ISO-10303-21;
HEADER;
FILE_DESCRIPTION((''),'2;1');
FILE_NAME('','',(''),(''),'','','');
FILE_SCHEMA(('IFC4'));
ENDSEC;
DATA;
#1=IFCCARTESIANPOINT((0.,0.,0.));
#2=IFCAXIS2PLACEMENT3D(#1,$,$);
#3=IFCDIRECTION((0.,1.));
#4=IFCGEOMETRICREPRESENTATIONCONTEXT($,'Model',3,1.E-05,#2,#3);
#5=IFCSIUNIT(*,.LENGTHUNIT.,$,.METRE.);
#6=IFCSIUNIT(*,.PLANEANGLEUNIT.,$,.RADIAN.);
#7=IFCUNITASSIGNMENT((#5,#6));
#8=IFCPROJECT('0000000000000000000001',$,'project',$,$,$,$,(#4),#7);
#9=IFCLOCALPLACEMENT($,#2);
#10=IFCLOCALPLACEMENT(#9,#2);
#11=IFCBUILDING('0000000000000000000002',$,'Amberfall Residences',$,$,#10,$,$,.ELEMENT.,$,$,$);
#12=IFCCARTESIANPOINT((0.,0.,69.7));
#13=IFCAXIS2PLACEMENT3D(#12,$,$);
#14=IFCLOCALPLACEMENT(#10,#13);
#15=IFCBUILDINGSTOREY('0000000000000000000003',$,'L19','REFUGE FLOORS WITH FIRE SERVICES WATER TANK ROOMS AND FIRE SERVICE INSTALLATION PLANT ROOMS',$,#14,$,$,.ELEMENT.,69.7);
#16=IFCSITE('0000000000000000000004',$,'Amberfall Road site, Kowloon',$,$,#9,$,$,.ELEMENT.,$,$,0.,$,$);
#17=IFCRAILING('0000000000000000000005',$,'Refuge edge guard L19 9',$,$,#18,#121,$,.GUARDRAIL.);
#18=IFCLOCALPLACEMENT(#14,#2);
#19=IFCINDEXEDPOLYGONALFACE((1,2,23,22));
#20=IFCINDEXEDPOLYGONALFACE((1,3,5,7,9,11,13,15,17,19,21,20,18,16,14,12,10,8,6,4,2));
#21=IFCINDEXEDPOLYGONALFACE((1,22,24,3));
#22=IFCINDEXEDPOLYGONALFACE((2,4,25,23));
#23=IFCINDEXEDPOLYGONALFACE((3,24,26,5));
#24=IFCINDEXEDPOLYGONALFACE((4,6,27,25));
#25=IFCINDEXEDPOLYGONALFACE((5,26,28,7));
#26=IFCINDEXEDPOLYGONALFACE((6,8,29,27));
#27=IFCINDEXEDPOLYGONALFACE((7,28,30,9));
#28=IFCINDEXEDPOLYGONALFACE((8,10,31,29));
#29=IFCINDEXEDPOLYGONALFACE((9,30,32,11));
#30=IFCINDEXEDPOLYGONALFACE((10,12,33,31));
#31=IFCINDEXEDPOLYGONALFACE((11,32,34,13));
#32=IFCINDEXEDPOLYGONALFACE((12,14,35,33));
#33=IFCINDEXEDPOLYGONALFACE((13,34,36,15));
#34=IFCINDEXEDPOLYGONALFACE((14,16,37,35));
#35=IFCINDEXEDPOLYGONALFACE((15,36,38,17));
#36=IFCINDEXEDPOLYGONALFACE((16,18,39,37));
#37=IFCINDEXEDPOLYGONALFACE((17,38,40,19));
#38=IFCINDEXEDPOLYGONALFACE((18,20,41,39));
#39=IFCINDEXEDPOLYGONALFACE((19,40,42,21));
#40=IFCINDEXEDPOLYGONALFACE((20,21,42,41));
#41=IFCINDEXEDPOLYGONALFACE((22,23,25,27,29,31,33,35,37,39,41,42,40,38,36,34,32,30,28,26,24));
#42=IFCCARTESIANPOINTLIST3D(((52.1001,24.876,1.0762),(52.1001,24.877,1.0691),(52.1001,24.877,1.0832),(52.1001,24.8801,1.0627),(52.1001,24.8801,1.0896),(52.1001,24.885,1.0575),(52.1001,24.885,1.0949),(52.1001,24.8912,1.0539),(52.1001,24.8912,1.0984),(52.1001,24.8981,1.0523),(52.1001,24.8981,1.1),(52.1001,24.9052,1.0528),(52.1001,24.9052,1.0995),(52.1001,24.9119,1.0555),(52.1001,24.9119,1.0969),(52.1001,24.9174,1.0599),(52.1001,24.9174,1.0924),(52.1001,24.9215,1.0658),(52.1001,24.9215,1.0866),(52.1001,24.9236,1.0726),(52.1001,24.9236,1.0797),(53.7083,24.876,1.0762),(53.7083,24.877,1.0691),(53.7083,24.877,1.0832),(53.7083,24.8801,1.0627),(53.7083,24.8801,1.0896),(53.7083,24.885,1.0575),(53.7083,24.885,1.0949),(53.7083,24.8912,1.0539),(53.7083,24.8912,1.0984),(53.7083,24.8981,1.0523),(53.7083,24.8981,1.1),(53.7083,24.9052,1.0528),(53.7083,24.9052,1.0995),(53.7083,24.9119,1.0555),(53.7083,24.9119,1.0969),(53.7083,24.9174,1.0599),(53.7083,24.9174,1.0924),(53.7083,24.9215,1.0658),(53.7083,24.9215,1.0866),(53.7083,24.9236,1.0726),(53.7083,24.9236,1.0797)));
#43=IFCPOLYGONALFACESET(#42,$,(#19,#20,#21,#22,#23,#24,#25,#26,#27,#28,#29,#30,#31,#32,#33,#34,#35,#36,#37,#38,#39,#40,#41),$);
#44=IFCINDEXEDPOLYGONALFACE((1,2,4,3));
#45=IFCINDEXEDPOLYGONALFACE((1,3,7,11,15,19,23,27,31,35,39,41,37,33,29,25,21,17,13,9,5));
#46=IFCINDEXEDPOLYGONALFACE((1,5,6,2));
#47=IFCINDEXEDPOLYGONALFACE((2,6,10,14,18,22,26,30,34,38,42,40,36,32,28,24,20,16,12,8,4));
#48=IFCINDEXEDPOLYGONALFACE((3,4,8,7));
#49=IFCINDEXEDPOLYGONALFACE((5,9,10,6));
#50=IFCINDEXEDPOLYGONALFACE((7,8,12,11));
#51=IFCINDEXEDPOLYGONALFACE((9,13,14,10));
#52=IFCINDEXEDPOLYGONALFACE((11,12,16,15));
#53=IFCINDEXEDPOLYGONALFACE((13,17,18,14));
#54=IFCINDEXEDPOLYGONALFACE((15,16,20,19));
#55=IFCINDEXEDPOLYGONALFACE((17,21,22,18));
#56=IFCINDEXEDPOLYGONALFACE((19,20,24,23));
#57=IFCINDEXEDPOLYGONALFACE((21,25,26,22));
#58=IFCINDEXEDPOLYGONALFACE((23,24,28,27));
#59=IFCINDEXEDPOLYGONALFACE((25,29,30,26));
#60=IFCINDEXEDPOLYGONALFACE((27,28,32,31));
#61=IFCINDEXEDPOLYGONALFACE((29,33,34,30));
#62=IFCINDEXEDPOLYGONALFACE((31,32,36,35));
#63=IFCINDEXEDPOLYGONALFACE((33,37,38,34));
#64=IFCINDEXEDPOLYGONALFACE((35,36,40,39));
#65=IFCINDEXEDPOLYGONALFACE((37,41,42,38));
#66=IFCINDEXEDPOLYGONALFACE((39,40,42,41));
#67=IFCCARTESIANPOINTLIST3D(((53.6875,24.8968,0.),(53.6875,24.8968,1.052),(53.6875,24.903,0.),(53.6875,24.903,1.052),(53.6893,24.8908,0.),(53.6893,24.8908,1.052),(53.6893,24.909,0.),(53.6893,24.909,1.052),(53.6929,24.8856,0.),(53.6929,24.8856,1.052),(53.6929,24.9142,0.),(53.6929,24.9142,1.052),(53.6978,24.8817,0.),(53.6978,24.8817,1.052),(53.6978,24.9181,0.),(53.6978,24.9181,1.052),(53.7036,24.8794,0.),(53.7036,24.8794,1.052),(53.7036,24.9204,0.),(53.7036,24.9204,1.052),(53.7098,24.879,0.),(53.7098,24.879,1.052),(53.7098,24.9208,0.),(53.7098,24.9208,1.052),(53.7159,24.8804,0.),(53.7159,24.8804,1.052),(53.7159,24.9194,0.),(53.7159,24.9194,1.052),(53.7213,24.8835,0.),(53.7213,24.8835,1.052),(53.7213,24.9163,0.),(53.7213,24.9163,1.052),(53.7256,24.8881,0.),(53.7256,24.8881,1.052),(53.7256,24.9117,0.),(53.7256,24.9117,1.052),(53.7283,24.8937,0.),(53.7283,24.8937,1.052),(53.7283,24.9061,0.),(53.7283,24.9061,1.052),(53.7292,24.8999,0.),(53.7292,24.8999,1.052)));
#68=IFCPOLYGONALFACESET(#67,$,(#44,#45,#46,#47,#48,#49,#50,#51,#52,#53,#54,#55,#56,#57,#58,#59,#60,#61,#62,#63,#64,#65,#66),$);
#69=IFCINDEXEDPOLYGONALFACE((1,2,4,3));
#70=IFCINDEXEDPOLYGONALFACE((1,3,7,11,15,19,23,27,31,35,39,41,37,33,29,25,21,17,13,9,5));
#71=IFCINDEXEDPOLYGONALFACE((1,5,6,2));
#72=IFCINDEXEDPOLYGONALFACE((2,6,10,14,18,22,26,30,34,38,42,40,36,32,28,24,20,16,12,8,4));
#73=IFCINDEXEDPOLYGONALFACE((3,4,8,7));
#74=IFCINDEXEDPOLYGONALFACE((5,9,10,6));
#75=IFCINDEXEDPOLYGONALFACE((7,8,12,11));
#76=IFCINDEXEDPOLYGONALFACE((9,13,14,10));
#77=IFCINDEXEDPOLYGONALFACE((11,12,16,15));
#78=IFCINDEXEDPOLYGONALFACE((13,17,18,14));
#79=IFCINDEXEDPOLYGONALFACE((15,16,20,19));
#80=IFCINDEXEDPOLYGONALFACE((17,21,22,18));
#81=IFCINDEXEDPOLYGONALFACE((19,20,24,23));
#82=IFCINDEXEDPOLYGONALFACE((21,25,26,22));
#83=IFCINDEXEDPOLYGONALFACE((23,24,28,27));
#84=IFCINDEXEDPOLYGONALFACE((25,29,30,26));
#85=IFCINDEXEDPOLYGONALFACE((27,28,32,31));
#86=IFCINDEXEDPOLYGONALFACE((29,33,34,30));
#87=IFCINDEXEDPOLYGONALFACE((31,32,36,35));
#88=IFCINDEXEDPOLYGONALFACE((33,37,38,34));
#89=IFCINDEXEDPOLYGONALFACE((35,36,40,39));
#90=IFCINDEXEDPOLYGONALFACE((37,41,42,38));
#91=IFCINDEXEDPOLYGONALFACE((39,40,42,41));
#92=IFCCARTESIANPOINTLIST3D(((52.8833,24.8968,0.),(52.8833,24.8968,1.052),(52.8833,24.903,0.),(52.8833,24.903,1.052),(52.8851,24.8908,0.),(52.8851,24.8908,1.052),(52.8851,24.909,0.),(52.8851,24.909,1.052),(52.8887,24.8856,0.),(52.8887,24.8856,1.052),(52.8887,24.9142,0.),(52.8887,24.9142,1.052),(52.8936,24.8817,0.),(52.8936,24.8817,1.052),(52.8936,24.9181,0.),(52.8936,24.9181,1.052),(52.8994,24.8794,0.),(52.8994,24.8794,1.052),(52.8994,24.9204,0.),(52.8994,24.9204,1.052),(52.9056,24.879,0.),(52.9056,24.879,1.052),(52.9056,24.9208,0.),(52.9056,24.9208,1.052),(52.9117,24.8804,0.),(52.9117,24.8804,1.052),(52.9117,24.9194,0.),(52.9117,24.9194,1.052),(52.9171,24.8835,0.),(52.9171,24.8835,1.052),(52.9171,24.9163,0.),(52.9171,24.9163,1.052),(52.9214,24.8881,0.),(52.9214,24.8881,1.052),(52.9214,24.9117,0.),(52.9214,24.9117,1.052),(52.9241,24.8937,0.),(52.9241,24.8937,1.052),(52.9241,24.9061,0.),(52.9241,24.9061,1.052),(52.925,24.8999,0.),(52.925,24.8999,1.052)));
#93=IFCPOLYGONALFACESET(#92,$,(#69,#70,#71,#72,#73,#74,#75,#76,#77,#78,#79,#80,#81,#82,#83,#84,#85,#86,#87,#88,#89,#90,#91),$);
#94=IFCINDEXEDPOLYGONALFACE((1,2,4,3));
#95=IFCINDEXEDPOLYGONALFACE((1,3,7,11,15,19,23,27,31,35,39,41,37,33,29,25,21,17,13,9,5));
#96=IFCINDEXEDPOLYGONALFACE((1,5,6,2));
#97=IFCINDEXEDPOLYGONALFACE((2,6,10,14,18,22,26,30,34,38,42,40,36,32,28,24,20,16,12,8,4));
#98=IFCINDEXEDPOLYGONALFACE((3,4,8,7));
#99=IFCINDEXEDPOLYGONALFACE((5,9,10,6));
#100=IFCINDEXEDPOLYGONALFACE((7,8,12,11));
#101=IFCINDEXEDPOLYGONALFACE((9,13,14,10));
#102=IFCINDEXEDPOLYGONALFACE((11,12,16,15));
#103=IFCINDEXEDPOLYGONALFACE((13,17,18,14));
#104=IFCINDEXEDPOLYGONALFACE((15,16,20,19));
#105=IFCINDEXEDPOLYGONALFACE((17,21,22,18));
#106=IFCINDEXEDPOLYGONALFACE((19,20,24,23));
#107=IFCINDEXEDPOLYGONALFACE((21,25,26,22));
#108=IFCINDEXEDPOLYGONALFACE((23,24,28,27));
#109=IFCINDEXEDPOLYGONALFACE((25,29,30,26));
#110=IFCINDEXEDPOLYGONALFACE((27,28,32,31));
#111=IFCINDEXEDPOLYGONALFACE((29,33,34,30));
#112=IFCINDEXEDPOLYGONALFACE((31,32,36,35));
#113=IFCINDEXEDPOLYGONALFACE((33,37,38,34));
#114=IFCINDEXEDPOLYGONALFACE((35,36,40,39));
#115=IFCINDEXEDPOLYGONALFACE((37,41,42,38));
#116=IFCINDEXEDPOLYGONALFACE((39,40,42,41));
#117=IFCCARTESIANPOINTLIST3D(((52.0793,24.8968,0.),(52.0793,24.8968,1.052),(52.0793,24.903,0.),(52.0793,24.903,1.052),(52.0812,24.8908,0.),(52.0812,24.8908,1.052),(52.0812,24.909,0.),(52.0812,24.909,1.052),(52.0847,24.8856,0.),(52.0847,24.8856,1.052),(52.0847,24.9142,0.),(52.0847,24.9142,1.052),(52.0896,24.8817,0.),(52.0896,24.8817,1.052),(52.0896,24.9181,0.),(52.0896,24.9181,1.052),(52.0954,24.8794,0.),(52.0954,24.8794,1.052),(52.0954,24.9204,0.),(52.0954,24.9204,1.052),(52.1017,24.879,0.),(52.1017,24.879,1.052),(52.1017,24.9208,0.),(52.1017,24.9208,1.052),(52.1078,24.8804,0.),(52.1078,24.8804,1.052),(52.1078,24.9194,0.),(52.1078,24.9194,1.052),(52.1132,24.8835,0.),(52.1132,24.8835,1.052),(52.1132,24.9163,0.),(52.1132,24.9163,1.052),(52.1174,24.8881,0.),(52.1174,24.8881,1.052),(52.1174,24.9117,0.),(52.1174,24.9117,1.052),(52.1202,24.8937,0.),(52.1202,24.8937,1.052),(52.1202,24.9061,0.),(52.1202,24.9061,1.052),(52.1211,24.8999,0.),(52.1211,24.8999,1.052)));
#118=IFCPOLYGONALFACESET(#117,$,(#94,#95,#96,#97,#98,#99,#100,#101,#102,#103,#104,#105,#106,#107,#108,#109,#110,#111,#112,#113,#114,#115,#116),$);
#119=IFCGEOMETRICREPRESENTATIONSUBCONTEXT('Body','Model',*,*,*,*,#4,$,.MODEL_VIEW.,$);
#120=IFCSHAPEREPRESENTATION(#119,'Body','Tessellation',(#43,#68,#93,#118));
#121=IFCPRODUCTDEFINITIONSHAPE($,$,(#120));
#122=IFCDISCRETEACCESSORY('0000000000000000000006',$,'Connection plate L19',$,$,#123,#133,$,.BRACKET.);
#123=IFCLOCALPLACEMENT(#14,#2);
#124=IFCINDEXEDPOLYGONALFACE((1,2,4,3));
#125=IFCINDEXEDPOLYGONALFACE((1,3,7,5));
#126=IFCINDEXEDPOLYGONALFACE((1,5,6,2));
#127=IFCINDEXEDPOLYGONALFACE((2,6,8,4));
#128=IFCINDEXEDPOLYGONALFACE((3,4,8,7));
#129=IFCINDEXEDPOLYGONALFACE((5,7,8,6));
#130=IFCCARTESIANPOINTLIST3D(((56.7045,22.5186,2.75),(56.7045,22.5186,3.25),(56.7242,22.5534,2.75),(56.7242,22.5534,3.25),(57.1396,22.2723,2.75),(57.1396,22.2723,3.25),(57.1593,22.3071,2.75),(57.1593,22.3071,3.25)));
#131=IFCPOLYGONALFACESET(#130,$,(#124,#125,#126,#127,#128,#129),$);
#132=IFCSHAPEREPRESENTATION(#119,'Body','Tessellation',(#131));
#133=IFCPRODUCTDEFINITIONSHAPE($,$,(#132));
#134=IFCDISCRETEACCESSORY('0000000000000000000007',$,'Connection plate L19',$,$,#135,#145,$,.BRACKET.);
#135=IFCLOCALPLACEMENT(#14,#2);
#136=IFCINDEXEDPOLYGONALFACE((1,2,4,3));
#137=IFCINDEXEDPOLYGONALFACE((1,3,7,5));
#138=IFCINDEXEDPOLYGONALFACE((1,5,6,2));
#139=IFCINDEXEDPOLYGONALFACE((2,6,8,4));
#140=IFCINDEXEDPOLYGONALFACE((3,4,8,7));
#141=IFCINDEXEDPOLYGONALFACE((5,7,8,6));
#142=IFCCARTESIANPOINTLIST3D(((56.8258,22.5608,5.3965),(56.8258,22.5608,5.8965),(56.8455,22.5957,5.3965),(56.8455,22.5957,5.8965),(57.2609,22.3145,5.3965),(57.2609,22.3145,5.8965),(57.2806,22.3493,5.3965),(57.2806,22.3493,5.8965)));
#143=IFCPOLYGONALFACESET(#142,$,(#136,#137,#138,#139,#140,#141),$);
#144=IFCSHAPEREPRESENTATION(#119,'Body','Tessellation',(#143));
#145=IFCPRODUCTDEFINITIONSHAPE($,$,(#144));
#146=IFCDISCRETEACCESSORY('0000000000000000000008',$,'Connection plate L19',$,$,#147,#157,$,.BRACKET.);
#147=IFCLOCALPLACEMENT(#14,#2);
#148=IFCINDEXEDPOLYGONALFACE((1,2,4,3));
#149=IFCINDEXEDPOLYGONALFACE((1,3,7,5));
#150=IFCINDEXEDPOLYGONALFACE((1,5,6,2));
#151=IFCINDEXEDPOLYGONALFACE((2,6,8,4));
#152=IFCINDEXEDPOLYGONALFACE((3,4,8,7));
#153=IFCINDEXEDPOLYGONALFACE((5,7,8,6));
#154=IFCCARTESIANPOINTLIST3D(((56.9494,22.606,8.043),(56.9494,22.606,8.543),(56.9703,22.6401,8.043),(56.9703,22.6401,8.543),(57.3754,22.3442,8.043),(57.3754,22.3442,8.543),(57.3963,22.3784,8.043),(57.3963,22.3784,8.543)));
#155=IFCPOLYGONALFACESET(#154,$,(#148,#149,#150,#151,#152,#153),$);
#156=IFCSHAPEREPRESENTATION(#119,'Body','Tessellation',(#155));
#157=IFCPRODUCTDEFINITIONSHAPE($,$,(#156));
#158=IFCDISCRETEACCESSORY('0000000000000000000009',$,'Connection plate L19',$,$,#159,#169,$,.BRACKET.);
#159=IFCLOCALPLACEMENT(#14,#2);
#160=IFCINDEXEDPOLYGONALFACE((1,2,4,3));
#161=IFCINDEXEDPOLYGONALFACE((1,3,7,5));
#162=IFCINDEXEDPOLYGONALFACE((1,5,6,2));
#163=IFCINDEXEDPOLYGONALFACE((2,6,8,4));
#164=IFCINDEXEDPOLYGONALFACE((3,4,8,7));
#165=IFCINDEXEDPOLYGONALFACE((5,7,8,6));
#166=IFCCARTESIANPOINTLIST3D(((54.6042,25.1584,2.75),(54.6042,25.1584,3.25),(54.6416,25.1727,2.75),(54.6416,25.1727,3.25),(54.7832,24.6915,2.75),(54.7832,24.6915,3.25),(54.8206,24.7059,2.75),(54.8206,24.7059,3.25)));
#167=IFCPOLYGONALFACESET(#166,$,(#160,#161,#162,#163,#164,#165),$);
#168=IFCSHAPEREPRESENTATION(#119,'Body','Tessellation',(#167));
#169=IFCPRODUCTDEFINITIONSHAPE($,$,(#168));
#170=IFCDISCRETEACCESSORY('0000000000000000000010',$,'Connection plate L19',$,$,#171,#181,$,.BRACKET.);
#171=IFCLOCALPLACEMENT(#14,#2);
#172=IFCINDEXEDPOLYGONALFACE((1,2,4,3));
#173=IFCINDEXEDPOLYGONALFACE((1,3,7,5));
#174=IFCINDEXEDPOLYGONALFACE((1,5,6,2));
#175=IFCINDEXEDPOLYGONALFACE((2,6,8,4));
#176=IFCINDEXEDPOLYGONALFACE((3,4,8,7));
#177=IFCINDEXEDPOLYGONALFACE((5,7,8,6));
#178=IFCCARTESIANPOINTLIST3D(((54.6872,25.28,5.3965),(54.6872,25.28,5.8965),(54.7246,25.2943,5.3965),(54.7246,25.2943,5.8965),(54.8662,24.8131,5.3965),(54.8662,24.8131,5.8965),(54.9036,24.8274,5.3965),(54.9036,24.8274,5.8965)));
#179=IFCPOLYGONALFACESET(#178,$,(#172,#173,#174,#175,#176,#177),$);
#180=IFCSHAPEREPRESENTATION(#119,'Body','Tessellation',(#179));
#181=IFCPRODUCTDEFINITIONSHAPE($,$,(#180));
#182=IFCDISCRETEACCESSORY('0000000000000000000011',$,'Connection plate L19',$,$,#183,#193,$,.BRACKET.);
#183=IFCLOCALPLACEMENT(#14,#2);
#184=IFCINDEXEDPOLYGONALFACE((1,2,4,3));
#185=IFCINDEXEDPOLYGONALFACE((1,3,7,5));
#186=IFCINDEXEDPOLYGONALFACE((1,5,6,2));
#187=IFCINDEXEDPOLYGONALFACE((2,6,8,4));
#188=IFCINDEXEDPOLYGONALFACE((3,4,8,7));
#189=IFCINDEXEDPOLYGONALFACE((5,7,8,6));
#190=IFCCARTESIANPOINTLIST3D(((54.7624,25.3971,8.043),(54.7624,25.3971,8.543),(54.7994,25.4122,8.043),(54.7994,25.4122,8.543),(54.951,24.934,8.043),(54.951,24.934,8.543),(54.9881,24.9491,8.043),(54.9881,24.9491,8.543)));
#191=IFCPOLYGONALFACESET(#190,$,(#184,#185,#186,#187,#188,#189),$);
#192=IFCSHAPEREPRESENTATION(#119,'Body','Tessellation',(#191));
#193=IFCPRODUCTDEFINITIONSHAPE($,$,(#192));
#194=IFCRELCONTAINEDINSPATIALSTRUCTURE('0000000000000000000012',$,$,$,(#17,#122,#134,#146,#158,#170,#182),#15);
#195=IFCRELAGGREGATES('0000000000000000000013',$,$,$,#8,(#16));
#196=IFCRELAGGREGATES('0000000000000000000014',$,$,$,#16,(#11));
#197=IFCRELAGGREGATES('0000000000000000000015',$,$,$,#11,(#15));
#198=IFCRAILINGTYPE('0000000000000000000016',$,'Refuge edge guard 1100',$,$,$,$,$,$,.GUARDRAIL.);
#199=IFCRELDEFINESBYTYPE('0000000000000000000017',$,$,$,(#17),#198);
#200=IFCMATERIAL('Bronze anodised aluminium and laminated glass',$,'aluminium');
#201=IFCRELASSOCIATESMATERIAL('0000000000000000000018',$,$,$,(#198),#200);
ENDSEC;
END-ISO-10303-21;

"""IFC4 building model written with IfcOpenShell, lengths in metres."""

from ifc_helpers import new_model, si_unit, direction, frame, origin, origin_2d, place, context, subcontext, project, spatial, rectangle, circle, extrude, material, type_object, element, save


model = new_model("IFC4")

# Units and contexts
model_context = context("Model", 3, precision=1e-05, world=origin(), true_north=direction((0.0, 1.0)))
body_context = subcontext(model_context, "Body", "Model", "MODEL_VIEW")
ifc_project = project(units=[si_unit("LENGTHUNIT", "METRE"), si_unit("PLANEANGLEUNIT", "RADIAN")], contexts=[model_context])

# Site, building, storey
site_placement = place(None, origin())
site = spatial("IfcSite", under=ifc_project, at=site_placement, Name="Amberfall Road site, Kowloon", CompositionType="ELEMENT", RefElevation=0.0)
building_placement = place(site_placement, origin())
building = spatial("IfcBuilding", under=site, at=building_placement, Name="Amberfall Residences", CompositionType="ELEMENT")
storey_placement = place(building_placement, frame((0.0, 0.0, 69.7)))
storey = spatial("IfcBuildingStorey", under=building, at=storey_placement, Name="L19", Description="REFUGE FLOORS WITH FIRE SERVICES WATER TANK ROOMS AND FIRE SERVICE INSTALLATION PLANT ROOMS", CompositionType="ELEMENT", Elevation=69.7)

# Railing
ifc_material_1 = material(Name="Bronze anodised aluminium and laminated glass", Category="aluminium")
railing_type = type_object("IfcRailingType", Name="Refuge edge guard 1100", PredefinedType="GUARDRAIL", material=ifc_material_1)
railing_1_placement = place(storey_placement, frame((53.7083, 24.8999, 0.0)))
element("IfcRailing", 1, at=railing_1_placement, inside=storey, type_object=railing_type, Name="Refuge edge guard L19 9", PredefinedType="GUARDRAIL", context=body_context, shape_type="SweptSolid", body=[
    extrude(circle(Radius=0.0239, at=origin_2d()), frame((0.0, 0.0, 1.0762), z_axis=(-1.0, 0.0, 0.0), x_axis=(0.0, -1.0, 0.0)), (0.0, 0.0, 1.0), 1.6082),
    extrude(circle(Radius=0.021, at=origin_2d()), origin(), (0.0, 0.0, 1.0), 1.052),
    extrude(circle(Radius=0.021, at=origin_2d()), frame((-0.8042, 0.0, 0.0)), (0.0, 0.0, 1.0), 1.052),
    extrude(circle(Radius=0.021, at=origin_2d()), frame((-1.6082, 0.0, 0.0)), (0.0, 0.0, 1.0), 1.052),
])

# Discrete accessories
for number, where, z_axis, x_axis, name in (
    (2, (56.9319, 22.4128, 2.75), (0.0, 0.0, 1.0), (0.870218, -0.492667, 0.0), "Connection plate L19"),
    (3, (57.0532, 22.4551, 5.3965), (0.0, 0.0, 1.0), (0.870218, -0.492667, 0.0), "Connection plate L19"),
    (4, (57.1729, 22.4922, 8.043), (0.0, 0.0, 1.0), (0.852001, -0.52354, 0.0), "Connection plate L19"),
    (5, (54.7124, 24.9321, 2.75), (0.0, 0.0, 1.0), (-0.357944, 0.933743, 0.0), "Connection plate L19"),
    (6, (54.7954, 25.0537, 5.3965), (0.0, 0.0, 1.0), (-0.357944, 0.933743, 0.0), "Connection plate L19"),
    (7, (54.8752, 25.1731, 8.043), (0.0, 0.0, 1.0), (-0.377372, 0.926062, 0.0), "Connection plate L19"),
):
    element("IfcDiscreteAccessory", number, at=place(storey_placement, frame(where, z_axis=z_axis, x_axis=x_axis)), inside=storey, Name=name, PredefinedType="BRACKET", context=body_context, shape_type="SweptSolid", body=[
        extrude(rectangle(XDim=0.5, YDim=0.04, at=origin_2d()), origin(), (0.0, 0.0, 1.0), 0.5),
    ])

save(model, "model.ifc")
